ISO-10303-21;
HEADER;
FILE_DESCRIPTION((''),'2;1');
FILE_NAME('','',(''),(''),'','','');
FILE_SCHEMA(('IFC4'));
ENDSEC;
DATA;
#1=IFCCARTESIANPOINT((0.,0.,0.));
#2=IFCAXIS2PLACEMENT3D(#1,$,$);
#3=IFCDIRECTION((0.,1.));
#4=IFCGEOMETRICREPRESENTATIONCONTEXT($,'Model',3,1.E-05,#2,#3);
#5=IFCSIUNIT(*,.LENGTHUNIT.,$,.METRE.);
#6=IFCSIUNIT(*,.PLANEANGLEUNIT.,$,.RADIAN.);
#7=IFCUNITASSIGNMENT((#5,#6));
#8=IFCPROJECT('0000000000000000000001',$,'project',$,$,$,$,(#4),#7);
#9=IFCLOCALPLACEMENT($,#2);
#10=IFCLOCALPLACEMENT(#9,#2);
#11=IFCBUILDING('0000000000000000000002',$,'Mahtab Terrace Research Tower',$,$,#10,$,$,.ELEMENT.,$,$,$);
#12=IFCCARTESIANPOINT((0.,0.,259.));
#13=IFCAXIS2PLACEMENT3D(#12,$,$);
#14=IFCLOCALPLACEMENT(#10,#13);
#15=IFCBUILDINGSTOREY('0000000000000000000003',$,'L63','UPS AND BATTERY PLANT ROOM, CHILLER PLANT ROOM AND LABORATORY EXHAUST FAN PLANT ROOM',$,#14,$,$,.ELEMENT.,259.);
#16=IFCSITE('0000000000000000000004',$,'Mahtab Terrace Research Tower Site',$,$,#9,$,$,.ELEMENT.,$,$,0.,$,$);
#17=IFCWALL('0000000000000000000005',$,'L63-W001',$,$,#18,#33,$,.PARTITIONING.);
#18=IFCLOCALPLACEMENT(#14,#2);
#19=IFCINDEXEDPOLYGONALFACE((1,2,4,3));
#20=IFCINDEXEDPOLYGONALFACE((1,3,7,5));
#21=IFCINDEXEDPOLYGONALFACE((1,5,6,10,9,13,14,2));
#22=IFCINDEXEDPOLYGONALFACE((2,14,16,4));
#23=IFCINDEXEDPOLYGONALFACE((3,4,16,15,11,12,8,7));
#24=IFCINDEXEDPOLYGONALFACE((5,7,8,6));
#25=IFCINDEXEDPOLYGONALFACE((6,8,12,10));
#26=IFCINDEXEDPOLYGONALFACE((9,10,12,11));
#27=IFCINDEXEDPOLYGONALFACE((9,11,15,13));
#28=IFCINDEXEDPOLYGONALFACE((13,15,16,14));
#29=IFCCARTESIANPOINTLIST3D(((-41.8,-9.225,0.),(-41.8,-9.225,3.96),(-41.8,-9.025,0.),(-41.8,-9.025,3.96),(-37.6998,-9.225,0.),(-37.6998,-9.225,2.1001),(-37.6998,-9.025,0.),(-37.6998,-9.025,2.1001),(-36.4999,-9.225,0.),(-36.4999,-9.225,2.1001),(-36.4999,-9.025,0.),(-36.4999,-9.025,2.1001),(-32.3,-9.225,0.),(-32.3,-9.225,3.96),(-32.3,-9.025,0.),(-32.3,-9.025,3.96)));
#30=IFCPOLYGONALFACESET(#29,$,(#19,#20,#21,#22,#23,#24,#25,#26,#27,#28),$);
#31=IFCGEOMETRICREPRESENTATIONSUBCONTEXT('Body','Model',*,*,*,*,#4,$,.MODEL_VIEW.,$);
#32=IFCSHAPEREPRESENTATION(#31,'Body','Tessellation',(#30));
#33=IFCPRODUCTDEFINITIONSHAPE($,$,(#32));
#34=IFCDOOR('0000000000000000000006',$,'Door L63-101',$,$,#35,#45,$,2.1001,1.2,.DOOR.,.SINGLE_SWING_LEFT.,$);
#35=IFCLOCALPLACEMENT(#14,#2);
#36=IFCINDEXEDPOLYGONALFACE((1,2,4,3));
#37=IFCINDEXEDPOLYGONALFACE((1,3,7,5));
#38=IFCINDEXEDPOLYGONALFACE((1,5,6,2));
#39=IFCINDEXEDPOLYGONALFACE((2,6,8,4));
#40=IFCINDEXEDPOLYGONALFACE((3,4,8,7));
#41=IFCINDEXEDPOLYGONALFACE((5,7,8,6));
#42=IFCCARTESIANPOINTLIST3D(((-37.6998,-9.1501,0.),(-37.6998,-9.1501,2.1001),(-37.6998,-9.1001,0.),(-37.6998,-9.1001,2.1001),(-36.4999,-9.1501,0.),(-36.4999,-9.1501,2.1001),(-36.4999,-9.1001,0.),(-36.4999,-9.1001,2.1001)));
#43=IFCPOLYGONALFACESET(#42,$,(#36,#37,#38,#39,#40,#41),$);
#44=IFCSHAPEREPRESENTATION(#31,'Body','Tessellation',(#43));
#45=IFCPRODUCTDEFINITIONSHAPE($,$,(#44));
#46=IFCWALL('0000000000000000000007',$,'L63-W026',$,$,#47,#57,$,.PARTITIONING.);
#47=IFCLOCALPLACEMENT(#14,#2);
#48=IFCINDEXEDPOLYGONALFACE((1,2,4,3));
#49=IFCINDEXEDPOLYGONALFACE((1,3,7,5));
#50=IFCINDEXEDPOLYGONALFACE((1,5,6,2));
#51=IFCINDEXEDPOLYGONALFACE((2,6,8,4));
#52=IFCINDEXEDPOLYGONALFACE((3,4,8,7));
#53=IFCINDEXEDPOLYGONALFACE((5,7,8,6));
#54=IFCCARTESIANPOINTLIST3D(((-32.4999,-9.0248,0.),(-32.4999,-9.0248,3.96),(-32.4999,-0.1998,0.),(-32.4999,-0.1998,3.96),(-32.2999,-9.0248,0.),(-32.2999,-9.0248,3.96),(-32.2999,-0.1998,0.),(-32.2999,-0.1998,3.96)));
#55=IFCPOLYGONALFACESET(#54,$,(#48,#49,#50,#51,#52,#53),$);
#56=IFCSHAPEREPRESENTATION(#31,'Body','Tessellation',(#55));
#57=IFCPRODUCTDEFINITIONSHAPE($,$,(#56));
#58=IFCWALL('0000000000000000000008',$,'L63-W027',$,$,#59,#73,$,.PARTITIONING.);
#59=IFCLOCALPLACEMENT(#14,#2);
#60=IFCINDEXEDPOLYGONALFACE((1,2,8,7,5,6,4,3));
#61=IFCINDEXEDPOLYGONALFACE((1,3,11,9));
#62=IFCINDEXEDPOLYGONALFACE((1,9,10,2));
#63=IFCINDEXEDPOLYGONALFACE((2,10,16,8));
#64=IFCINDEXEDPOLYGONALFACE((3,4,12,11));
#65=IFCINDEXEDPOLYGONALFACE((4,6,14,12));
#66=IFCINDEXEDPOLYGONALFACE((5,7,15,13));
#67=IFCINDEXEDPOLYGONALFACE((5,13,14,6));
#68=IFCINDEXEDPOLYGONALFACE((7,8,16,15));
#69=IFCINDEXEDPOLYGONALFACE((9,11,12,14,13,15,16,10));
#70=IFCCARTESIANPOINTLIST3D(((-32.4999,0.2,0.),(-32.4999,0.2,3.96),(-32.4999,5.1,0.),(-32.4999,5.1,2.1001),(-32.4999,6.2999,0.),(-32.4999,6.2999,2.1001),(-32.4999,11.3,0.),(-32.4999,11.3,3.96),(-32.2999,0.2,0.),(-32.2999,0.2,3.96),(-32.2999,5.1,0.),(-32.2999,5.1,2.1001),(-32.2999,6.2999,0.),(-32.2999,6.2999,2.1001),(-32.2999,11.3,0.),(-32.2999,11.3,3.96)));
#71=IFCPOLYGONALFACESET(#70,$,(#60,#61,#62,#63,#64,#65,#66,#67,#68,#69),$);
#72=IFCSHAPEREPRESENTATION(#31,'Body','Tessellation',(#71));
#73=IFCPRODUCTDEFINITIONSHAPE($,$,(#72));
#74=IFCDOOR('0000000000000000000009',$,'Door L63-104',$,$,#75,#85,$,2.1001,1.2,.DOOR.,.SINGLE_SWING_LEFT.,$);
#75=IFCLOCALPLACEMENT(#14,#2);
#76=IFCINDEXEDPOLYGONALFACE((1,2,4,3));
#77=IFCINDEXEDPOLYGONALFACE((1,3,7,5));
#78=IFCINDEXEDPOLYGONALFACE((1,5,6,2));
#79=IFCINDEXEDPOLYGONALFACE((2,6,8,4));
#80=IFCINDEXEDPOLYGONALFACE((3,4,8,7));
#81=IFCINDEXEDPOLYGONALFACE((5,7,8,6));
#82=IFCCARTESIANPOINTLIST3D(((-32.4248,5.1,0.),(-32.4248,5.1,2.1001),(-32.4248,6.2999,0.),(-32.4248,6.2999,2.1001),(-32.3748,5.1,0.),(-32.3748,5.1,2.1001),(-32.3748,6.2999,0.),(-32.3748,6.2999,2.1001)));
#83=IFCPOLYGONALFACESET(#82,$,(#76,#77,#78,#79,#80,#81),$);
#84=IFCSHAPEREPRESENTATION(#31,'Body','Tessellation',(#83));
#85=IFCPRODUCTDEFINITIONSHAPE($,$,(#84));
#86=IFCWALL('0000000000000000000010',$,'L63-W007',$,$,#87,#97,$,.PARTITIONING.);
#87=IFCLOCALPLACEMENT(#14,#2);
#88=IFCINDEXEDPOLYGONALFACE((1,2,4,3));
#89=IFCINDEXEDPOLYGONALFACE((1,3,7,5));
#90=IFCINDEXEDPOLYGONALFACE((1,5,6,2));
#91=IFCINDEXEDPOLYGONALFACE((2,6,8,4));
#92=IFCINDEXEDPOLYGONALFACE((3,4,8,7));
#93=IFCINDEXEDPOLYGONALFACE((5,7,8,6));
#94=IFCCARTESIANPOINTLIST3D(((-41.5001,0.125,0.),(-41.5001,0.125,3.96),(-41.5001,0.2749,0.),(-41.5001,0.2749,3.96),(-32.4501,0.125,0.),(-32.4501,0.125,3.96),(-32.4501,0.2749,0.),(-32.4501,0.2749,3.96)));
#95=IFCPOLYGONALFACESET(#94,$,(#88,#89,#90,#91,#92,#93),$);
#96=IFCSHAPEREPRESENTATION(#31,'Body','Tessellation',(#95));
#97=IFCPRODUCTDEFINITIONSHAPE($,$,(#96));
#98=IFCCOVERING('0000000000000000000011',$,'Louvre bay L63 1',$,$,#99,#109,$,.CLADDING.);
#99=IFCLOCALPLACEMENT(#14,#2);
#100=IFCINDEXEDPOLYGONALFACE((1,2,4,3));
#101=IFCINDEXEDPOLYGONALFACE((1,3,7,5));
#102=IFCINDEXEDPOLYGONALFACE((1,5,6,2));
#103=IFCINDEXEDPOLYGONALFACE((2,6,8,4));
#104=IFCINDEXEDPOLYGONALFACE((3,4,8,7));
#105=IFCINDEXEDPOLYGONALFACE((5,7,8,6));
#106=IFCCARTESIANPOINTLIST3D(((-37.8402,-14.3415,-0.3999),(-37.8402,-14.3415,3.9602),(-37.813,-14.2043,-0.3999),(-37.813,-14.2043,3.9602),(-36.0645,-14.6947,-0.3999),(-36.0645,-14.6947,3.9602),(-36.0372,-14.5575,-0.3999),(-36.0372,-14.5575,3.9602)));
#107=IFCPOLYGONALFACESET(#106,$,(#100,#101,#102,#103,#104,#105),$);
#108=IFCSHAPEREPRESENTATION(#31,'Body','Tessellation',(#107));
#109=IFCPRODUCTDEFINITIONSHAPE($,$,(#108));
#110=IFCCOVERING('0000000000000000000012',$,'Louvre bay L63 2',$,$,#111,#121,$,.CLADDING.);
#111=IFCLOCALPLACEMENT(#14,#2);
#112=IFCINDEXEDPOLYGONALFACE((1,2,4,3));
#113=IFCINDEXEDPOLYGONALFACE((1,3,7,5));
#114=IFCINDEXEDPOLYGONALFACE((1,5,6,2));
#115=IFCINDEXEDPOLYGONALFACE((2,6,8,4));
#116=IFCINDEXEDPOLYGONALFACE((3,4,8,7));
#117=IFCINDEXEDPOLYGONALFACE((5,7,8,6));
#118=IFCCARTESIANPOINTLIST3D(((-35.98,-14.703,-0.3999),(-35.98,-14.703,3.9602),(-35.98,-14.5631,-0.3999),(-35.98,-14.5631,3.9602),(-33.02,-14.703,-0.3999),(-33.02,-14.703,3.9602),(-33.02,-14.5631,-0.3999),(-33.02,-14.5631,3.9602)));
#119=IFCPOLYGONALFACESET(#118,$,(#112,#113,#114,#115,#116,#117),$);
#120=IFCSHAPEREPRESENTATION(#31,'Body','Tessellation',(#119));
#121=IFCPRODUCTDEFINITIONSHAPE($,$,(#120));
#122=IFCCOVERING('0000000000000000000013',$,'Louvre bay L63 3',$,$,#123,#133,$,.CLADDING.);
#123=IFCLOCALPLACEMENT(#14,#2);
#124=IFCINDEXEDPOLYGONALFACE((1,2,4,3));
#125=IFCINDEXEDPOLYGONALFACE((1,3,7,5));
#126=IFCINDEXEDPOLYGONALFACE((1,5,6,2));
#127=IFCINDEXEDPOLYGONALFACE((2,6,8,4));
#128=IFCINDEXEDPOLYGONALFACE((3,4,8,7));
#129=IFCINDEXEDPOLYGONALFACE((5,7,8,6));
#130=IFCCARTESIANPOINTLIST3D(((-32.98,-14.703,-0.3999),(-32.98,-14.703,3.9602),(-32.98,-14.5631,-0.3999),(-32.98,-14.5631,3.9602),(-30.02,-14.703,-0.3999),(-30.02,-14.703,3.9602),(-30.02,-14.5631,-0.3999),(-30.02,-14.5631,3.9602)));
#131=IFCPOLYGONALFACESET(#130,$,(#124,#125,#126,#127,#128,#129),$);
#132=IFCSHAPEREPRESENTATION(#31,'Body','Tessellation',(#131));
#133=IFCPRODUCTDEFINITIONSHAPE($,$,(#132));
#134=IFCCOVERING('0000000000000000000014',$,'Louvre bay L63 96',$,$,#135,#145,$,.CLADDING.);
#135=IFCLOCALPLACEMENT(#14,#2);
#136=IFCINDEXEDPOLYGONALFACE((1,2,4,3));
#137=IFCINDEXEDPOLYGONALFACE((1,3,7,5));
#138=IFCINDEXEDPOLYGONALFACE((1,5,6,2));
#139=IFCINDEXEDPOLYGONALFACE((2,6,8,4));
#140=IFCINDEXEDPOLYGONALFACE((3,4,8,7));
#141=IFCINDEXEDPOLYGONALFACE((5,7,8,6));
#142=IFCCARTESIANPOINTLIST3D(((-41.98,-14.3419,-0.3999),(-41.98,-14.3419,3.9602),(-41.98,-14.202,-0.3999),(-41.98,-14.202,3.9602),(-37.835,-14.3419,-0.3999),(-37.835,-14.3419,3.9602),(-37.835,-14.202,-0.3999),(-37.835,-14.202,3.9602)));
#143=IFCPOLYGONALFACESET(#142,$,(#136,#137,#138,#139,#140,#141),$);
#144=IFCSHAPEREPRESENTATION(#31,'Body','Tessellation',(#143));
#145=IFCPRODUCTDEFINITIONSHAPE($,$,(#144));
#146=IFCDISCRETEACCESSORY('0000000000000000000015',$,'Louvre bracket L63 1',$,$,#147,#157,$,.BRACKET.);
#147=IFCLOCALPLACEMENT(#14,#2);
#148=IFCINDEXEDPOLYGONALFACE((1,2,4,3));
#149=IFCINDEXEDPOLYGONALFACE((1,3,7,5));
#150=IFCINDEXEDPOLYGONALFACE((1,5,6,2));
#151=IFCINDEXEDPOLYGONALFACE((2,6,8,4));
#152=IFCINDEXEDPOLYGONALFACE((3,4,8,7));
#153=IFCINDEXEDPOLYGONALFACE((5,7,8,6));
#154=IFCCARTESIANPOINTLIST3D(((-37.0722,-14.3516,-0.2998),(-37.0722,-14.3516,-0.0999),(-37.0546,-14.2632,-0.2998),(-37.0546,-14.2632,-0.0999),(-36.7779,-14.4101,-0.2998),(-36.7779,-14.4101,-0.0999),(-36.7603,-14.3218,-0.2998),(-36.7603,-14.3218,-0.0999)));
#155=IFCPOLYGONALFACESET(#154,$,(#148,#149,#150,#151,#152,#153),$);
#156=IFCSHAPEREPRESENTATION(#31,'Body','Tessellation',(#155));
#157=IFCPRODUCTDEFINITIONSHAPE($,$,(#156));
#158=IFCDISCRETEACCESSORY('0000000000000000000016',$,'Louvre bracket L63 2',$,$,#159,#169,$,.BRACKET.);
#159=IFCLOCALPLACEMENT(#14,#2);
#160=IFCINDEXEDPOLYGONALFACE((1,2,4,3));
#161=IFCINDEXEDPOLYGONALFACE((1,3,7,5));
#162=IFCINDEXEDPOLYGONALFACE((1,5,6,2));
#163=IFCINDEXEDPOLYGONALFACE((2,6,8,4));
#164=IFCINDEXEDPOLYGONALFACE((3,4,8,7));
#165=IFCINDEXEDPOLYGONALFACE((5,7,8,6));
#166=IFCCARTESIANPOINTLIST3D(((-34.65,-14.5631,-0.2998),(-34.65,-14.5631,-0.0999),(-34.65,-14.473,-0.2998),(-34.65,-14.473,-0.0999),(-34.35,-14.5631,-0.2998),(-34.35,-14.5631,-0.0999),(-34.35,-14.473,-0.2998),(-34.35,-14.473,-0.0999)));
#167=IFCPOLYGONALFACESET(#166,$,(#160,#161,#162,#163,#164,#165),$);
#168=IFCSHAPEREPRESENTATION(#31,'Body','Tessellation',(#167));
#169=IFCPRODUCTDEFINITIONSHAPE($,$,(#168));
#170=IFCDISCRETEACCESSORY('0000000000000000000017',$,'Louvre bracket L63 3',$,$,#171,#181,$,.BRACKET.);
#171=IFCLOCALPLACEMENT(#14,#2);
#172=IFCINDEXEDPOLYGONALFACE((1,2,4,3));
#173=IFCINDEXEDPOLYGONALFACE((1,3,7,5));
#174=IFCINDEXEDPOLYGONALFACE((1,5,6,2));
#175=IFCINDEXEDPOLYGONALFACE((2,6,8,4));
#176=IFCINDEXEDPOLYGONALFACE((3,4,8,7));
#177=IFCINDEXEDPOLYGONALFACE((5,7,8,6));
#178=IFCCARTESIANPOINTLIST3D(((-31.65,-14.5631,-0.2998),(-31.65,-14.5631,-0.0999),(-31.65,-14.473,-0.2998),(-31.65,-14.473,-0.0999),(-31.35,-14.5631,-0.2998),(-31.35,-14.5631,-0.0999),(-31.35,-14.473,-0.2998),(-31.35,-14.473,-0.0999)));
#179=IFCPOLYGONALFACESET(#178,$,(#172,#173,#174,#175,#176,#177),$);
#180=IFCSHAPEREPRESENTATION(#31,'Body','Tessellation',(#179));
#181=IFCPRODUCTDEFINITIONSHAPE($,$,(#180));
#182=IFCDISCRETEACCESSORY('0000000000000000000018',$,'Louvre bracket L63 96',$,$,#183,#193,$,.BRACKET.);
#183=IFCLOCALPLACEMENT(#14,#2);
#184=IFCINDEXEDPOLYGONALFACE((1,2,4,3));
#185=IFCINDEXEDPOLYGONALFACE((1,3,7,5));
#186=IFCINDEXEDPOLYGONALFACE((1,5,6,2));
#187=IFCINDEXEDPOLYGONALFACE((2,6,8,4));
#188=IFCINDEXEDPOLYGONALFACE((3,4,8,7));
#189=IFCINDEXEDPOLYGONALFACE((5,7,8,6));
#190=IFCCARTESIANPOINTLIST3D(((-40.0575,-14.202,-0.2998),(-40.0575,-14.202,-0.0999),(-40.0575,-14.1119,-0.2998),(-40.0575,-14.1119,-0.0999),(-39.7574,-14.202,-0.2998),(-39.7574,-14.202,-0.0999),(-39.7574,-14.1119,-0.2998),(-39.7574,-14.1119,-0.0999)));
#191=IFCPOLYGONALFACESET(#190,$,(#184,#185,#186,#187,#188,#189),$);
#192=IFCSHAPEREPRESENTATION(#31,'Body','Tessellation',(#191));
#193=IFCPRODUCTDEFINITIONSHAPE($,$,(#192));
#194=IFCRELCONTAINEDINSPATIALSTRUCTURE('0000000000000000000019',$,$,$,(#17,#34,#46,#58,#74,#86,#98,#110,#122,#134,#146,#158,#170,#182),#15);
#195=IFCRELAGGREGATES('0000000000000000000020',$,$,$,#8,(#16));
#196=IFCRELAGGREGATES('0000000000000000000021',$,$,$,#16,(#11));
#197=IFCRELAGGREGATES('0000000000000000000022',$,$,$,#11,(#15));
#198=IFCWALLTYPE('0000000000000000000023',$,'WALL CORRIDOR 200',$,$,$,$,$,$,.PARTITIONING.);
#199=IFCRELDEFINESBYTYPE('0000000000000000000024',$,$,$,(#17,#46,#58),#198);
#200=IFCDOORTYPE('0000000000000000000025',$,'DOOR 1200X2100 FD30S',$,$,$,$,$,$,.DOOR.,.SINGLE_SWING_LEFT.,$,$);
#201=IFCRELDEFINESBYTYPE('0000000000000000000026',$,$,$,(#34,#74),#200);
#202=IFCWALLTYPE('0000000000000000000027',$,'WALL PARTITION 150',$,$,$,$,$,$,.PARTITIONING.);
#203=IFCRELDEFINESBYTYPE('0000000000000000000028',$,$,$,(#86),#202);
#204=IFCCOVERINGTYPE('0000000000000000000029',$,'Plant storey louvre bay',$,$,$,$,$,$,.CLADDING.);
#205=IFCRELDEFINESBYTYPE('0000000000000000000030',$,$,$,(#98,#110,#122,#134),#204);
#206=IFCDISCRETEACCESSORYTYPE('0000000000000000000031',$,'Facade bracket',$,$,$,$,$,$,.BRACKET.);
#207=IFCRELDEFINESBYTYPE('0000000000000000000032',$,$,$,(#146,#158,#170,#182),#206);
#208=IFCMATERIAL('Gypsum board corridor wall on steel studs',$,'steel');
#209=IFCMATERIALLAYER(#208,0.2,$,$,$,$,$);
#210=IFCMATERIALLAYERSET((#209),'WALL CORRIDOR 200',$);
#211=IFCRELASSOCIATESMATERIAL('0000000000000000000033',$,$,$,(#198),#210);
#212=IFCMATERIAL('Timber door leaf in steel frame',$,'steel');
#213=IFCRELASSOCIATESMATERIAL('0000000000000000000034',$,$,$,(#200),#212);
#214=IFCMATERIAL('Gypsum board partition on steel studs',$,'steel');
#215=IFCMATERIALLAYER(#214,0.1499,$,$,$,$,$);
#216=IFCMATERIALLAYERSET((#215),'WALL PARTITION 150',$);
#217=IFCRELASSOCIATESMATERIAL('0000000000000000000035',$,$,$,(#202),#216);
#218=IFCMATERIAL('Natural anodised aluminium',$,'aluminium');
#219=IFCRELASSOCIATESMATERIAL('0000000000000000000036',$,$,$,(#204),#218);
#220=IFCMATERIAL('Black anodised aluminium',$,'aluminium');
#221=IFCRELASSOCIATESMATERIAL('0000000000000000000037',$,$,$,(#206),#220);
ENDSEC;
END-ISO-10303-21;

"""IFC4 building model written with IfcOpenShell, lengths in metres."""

from ifc_helpers import new_model, si_unit, direction, frame, frame_2d, origin, origin_2d, place, context, subcontext, project, spatial, rectangle, extrude, material, layer, layer_set, type_object, element, fill, save


model = new_model("IFC4")

# Units and contexts
model_context = context("Model", 3, precision=1e-05, world=origin(), true_north=direction((0.0, 1.0)))
body_context = subcontext(model_context, "Body", "Model", "MODEL_VIEW")
ifc_project = project(units=[si_unit("LENGTHUNIT", "METRE"), si_unit("PLANEANGLEUNIT", "RADIAN")], contexts=[model_context])

# Site, building, storey
site_placement = place(None, origin())
site = spatial("IfcSite", under=ifc_project, at=site_placement, Name="Mahtab Terrace Research Tower Site", CompositionType="ELEMENT", RefElevation=0.0)
building_placement = place(site_placement, origin())
building = spatial("IfcBuilding", under=site, at=building_placement, Name="Mahtab Terrace Research Tower", CompositionType="ELEMENT")
storey_placement = place(building_placement, frame((0.0, 0.0, 259.0)))
storey = spatial("IfcBuildingStorey", under=building, at=storey_placement, Name="L63", Description="UPS AND BATTERY PLANT ROOM, CHILLER PLANT ROOM AND LABORATORY EXHAUST FAN PLANT ROOM", CompositionType="ELEMENT", Elevation=259.0)

# Wall, opening, door
ifc_material_1 = material(Name="Gypsum board corridor wall on steel studs", Category="steel")
ifc_layer_1 = layer(ifc_material_1, 0.2)
ifc_layer_set_1 = layer_set([ifc_layer_1], Name="WALL CORRIDOR 200")
wall_type_1 = type_object("IfcWallType", Name="WALL CORRIDOR 200", PredefinedType="PARTITIONING", material=ifc_layer_set_1)
wall_1_placement = place(storey_placement, frame((-41.8, -9.125, 0.0), z_axis=(0.0, 0.0, 1.0), x_axis=(1.0, 0.0, 0.0)))
wall_1 = element("IfcWall", 1, at=wall_1_placement, inside=storey, type_object=wall_type_1, Name="L63-W001", PredefinedType="PARTITIONING", context=body_context, shape_type="SweptSolid", body=[
    extrude(rectangle(XDim=9.5, YDim=0.2, at=frame_2d((4.75, 0.0))), origin(), (0.0, 0.0, 1.0), 3.96),
])
opening_1_placement = place(wall_1_placement, frame((4.1001, 0.0, 0.0)))
opening_1 = element("IfcOpeningElement", 2, at=opening_1_placement, cuts=wall_1, PredefinedType="OPENING", context=body_context, shape_type="SweptSolid", body=[
    extrude(rectangle(XDim=1.2, YDim=2.1001, at=frame_2d((0.6001, 1.05))), frame((0.0, 0.1099, 0.0), z_axis=(0.0, -1.0, 0.0), x_axis=(1.0, 0.0, 0.0)), (0.0, 0.0, 1.0), 0.22),
])
ifc_material_2 = material(Name="Timber door leaf in steel frame", Category="steel")
door_type = type_object("IfcDoorType", Name="DOOR 1200X2100 FD30S", OperationType="SINGLE_SWING_LEFT", PredefinedType="DOOR", material=ifc_material_2)
door_1_placement = place(opening_1_placement, origin())
door_1 = element("IfcDoor", 3, at=door_1_placement, inside=storey, type_object=door_type, Name="Door L63-101", OperationType="SINGLE_SWING_LEFT", OverallHeight=2.1001, OverallWidth=1.2, PredefinedType="DOOR", context=body_context, shape_type="SweptSolid", body=[
    extrude(rectangle(XDim=1.2, YDim=2.1001, at=frame_2d((0.6001, 1.05))), frame((0.0, 0.0249, 0.0), z_axis=(0.0, -1.0, 0.0), x_axis=(1.0, 0.0, 0.0)), (0.0, 0.0, 1.0), 0.05),
])
fill(opening_1, door_1)

# Wall
wall_2_placement = place(storey_placement, frame((-32.3999, -9.0249, 0.0), z_axis=(0.0, 0.0, 1.0), x_axis=(0.0, 1.0, 0.0)))
element("IfcWall", 4, at=wall_2_placement, inside=storey, type_object=wall_type_1, Name="L63-W026", PredefinedType="PARTITIONING", context=body_context, shape_type="SweptSolid", body=[
    extrude(rectangle(XDim=8.825, YDim=0.2, at=frame_2d((4.4126, 0.0))), origin(), (0.0, 0.0, 1.0), 3.96),
])

# Wall, opening, door
wall_3_placement = place(storey_placement, frame((-32.3999, 0.2, 0.0), z_axis=(0.0, 0.0, 1.0), x_axis=(0.0, 1.0, 0.0)))
wall_3 = element("IfcWall", 5, at=wall_3_placement, inside=storey, type_object=wall_type_1, Name="L63-W027", PredefinedType="PARTITIONING", context=body_context, shape_type="SweptSolid", body=[
    extrude(rectangle(XDim=11.1001, YDim=0.2, at=frame_2d((5.55, 0.0))), origin(), (0.0, 0.0, 1.0), 3.96),
])
opening_2_placement = place(wall_3_placement, frame((4.8999, 0.0, 0.0)))
opening_2 = element("IfcOpeningElement", 6, at=opening_2_placement, cuts=wall_3, PredefinedType="OPENING", context=body_context, shape_type="SweptSolid", body=[
    extrude(rectangle(XDim=1.2, YDim=2.1001, at=frame_2d((0.6001, 1.05))), frame((0.0, 0.1099, 0.0), z_axis=(0.0, -1.0, 0.0), x_axis=(1.0, 0.0, 0.0)), (0.0, 0.0, 1.0), 0.22),
])
door_2_placement = place(opening_2_placement, origin())
door_2 = element("IfcDoor", 7, at=door_2_placement, inside=storey, type_object=door_type, Name="Door L63-104", OperationType="SINGLE_SWING_LEFT", OverallHeight=2.1001, OverallWidth=1.2, PredefinedType="DOOR", context=body_context, shape_type="SweptSolid", body=[
    extrude(rectangle(XDim=1.2, YDim=2.1001, at=frame_2d((0.6001, 1.05))), frame((0.0, 0.0249, 0.0), z_axis=(0.0, -1.0, 0.0), x_axis=(1.0, 0.0, 0.0)), (0.0, 0.0, 1.0), 0.05),
])
fill(opening_2, door_2)

# Wall
ifc_material_3 = material(Name="Gypsum board partition on steel studs", Category="steel")
ifc_layer_2 = layer(ifc_material_3, 0.1499)
ifc_layer_set_2 = layer_set([ifc_layer_2], Name="WALL PARTITION 150")
wall_type_2 = type_object("IfcWallType", Name="WALL PARTITION 150", PredefinedType="PARTITIONING", material=ifc_layer_set_2)
wall_4_placement = place(storey_placement, frame((-41.5, 0.2, 0.0), z_axis=(0.0, 0.0, 1.0), x_axis=(1.0, 0.0, 0.0)))
element("IfcWall", 8, at=wall_4_placement, inside=storey, type_object=wall_type_2, Name="L63-W007", PredefinedType="PARTITIONING", context=body_context, shape_type="SweptSolid", body=[
    extrude(rectangle(XDim=9.05, YDim=0.1499, at=frame_2d((4.5249, 0.0))), origin(), (0.0, 0.0, 1.0), 3.96),
])

# Coverings
ifc_material_4 = material(Name="Natural anodised aluminium", Category="aluminium")
covering_type = type_object("IfcCoveringType", Name="Plant storey louvre bay", PredefinedType="CLADDING", material=ifc_material_4)
covering_1_placement = place(storey_placement, frame((-36.9387, -14.4495, -0.3999), z_axis=(0.0, 0.0, 1.0), x_axis=(0.980788, -0.195077, 0.0)))
element("IfcCovering", 9, at=covering_1_placement, inside=storey, type_object=covering_type, Name="Louvre bay L63 1", PredefinedType="CLADDING", context=body_context, shape_type="SweptSolid", body=[
    extrude(rectangle(XDim=1.8105, YDim=0.1399, at=origin_2d()), origin(), (0.0, 0.0, 1.0), 4.3601),
])
for number, where, z_axis, x_axis, name in (
    (10, (-34.5, -14.6331, -0.3999), (0.0, 0.0, 1.0), (1.0, 0.0, 0.0), "Louvre bay L63 2"),
    (11, (-31.5, -14.6331, -0.3999), (0.0, 0.0, 1.0), (1.0, 0.0, 0.0), "Louvre bay L63 3"),
):
    element("IfcCovering", number, at=place(storey_placement, frame(where, z_axis=z_axis, x_axis=x_axis)), inside=storey, type_object=covering_type, Name=name, PredefinedType="CLADDING", context=body_context, shape_type="SweptSolid", body=[
        extrude(rectangle(XDim=2.96, YDim=0.1399, at=origin_2d()), origin(), (0.0, 0.0, 1.0), 4.3601),
    ])
covering_2_placement = place(storey_placement, frame((-39.9075, -14.272, -0.3999), z_axis=(0.0, 0.0, 1.0), x_axis=(1.0, 0.0, 0.0)))
element("IfcCovering", 12, at=covering_2_placement, inside=storey, type_object=covering_type, Name="Louvre bay L63 96", PredefinedType="CLADDING", context=body_context, shape_type="SweptSolid", body=[
    extrude(rectangle(XDim=4.145, YDim=0.1399, at=origin_2d()), origin(), (0.0, 0.0, 1.0), 4.3601),
])

# Discrete accessories
ifc_material_5 = material(Name="Black anodised aluminium", Category="aluminium")
discrete_accessory_type_1 = type_object("IfcDiscreteAccessoryType", Name="Facade bracket", PredefinedType="BRACKET", material=ifc_material_5)
for number, where, z_axis, x_axis, name in (
    (13, (-36.9163, -14.3367, -0.2998), (0.0, 0.0, 1.0), (0.980788, -0.195077, 0.0), "Louvre bracket L63 1"),
    (14, (-34.5, -14.5181, -0.2998), (0.0, 0.0, 1.0), (1.0, 0.0, 0.0), "Louvre bracket L63 2"),
    (15, (-31.5, -14.5181, -0.2998), (0.0, 0.0, 1.0), (1.0, 0.0, 0.0), "Louvre bracket L63 3"),
    (16, (-39.9075, -14.157, -0.2998), (0.0, 0.0, 1.0), (1.0, 0.0, 0.0), "Louvre bracket L63 96"),
):
    element("IfcDiscreteAccessory", number, at=place(storey_placement, frame(where, z_axis=z_axis, x_axis=x_axis)), inside=storey, type_object=discrete_accessory_type_1, Name=name, PredefinedType="BRACKET", context=body_context, shape_type="SweptSolid", body=[
        extrude(rectangle(XDim=0.3, YDim=0.0901, at=origin_2d()), origin(), (0.0, 0.0, 1.0), 0.2),
    ])

save(model, "model.ifc")
